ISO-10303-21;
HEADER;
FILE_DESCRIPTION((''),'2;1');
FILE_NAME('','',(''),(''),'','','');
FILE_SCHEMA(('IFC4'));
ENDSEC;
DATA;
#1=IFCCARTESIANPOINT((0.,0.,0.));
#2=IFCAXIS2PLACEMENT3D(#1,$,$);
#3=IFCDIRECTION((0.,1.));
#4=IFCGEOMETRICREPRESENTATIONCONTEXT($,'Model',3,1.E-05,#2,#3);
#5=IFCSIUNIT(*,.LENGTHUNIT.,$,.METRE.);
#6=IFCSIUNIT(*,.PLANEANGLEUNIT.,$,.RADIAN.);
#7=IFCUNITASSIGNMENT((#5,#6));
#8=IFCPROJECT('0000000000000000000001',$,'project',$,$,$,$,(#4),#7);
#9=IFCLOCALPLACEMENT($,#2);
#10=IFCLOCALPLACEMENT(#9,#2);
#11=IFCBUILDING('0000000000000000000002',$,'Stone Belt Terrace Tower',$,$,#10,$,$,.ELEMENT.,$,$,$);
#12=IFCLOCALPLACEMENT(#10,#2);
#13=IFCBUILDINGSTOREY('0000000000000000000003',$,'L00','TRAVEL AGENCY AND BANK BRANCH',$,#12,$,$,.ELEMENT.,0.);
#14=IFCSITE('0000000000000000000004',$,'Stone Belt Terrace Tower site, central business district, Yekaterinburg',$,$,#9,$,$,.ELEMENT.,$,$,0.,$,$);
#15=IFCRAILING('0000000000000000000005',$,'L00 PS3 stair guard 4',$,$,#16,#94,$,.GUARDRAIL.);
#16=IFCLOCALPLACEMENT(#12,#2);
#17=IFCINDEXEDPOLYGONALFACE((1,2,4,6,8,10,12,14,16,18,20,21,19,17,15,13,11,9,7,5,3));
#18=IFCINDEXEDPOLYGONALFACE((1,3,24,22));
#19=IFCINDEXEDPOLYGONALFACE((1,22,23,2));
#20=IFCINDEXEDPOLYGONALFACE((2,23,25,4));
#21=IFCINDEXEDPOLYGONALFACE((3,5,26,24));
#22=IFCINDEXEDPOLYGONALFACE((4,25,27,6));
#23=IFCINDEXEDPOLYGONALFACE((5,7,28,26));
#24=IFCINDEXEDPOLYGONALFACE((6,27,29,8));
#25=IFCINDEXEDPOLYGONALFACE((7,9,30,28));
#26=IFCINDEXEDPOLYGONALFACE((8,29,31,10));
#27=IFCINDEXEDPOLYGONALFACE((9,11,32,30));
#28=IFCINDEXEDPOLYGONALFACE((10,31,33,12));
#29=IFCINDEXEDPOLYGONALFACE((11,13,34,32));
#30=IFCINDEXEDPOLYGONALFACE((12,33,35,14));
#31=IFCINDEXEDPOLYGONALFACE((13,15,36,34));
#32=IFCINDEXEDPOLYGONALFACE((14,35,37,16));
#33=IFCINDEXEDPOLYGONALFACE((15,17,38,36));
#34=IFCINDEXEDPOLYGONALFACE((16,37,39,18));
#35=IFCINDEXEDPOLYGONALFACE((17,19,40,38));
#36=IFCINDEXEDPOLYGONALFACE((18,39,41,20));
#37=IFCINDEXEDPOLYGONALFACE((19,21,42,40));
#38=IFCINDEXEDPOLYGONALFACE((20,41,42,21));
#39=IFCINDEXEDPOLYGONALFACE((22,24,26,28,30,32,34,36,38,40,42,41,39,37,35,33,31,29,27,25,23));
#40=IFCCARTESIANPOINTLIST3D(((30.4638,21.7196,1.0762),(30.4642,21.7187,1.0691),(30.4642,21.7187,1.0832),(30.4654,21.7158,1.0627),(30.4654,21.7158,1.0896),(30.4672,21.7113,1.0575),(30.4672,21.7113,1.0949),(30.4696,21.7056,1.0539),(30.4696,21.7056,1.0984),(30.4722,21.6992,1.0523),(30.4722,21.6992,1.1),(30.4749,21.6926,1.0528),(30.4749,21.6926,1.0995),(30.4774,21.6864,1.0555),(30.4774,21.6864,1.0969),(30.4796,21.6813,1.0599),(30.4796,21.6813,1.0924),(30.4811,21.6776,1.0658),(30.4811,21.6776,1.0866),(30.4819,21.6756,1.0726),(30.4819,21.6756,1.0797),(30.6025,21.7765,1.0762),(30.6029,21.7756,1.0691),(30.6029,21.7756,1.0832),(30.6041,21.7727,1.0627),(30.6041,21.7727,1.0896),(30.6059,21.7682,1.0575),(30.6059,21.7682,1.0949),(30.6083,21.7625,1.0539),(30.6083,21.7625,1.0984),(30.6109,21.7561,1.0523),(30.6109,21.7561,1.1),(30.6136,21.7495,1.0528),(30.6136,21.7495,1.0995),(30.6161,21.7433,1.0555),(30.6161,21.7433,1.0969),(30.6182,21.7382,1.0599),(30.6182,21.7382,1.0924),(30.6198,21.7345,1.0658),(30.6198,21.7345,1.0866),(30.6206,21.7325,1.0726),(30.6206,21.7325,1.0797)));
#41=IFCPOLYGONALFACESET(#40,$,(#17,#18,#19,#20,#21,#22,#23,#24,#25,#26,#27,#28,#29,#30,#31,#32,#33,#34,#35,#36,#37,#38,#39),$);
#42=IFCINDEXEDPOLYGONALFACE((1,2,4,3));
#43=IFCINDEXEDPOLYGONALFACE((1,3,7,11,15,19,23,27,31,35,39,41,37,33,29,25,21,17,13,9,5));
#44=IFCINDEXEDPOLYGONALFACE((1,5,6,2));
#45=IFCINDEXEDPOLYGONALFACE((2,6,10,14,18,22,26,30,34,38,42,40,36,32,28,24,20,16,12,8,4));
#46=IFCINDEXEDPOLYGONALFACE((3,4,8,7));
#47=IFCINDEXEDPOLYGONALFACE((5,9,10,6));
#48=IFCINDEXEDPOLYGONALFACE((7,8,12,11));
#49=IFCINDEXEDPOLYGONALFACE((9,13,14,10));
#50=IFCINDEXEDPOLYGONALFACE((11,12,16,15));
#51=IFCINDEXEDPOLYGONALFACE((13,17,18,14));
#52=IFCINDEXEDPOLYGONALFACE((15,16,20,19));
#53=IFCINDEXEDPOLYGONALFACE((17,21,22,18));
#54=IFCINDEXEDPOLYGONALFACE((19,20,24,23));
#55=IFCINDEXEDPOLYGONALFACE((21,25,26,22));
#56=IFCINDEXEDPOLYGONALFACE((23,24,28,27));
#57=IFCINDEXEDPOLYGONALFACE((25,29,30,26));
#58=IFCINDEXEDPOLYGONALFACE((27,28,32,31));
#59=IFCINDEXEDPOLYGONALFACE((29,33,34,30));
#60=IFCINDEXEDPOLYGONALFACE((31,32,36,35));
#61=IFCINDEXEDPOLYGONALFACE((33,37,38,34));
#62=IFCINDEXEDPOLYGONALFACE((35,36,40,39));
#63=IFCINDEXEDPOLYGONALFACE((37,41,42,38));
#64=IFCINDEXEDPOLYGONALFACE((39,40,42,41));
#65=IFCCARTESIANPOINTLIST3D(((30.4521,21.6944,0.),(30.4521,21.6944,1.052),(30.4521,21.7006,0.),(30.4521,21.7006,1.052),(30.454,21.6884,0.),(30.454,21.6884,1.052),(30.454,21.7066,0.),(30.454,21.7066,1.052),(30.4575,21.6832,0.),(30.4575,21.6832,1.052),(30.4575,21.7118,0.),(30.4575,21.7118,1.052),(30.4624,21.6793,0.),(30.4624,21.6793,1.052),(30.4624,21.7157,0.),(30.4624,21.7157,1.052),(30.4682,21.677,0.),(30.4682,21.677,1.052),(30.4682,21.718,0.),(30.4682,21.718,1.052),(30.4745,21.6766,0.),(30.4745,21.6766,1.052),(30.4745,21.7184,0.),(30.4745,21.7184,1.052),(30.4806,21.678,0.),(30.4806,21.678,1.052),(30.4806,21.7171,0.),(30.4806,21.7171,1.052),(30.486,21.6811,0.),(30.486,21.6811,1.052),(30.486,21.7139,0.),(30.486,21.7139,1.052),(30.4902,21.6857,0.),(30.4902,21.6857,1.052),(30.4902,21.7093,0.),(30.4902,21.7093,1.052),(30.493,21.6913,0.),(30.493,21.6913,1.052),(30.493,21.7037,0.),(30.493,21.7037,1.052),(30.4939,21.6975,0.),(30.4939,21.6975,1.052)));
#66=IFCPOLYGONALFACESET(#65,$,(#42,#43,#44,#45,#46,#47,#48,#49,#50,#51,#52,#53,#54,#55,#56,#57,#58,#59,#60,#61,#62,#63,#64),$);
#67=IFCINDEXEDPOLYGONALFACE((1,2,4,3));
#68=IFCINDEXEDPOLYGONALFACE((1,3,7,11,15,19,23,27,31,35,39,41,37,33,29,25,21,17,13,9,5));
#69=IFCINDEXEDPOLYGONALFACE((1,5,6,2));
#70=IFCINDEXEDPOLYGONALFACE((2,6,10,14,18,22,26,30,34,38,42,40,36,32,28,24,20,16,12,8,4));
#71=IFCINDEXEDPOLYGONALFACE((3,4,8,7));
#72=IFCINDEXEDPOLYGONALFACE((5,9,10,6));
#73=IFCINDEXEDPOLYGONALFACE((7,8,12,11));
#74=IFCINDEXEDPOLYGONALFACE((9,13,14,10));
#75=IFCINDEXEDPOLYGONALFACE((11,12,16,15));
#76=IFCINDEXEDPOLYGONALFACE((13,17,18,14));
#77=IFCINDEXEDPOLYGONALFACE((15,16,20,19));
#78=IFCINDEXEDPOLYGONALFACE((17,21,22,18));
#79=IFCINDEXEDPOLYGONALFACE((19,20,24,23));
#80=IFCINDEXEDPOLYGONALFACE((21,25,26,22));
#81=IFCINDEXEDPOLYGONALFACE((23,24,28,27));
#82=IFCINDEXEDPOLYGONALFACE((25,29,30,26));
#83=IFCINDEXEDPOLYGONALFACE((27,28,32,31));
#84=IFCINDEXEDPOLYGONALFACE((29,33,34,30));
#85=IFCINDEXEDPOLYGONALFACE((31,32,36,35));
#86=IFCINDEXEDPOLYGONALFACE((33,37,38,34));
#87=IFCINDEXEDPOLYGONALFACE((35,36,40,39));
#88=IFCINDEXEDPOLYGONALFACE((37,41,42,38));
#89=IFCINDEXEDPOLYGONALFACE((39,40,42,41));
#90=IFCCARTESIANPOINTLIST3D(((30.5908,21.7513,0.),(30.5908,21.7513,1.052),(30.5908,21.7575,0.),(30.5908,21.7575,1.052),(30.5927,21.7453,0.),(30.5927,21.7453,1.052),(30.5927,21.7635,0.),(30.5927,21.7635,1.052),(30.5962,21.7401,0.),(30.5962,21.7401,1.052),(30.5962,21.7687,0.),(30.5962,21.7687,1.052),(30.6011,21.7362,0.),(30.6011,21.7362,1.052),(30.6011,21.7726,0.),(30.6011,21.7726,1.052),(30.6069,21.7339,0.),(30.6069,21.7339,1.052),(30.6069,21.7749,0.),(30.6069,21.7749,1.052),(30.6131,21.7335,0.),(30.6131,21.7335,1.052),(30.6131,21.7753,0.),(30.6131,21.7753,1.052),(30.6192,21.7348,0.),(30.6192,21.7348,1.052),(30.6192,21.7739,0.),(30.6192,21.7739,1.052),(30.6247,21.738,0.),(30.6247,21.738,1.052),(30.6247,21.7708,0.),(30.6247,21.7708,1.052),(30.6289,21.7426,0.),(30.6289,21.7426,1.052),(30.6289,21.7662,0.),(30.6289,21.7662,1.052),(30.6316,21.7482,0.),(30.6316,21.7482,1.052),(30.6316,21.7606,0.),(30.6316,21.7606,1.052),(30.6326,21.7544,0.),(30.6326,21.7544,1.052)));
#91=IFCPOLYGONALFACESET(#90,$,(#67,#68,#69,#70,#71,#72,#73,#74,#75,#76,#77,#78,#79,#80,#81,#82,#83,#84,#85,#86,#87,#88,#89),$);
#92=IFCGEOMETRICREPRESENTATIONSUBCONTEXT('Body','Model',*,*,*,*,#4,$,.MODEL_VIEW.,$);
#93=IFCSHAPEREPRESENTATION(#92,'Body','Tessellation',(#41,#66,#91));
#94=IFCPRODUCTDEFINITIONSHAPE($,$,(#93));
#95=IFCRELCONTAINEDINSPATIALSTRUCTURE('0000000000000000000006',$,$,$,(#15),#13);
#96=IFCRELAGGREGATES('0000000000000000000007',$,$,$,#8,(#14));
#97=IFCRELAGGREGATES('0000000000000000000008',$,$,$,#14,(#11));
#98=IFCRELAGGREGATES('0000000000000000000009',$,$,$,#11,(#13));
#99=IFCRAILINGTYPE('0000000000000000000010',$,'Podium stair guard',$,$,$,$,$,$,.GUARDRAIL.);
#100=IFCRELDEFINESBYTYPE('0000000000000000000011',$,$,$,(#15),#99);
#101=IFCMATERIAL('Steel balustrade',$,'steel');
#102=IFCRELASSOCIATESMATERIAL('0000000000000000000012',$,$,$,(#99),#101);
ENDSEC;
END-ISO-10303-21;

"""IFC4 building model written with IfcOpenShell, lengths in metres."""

from ifc_helpers import new_model, si_unit, direction, frame, origin, origin_2d, place, context, subcontext, project, spatial, circle, extrude, material, type_object, element, save


model = new_model("IFC4")

# Units and contexts
model_context = context("Model", 3, precision=1e-05, world=origin(), true_north=direction((0.0, 1.0)))
body_context = subcontext(model_context, "Body", "Model", "MODEL_VIEW")
ifc_project = project(units=[si_unit("LENGTHUNIT", "METRE"), si_unit("PLANEANGLEUNIT", "RADIAN")], contexts=[model_context])

# Site, building, storey
site_placement = place(None, origin())
site = spatial("IfcSite", under=ifc_project, at=site_placement, Name="Stone Belt Terrace Tower site, central business district, Yekaterinburg", CompositionType="ELEMENT", RefElevation=0.0)
building_placement = place(site_placement, origin())
building = spatial("IfcBuilding", under=site, at=building_placement, Name="Stone Belt Terrace Tower", CompositionType="ELEMENT")
storey_placement = place(building_placement, origin())
storey = spatial("IfcBuildingStorey", under=building, at=storey_placement, Name="L00", Description="TRAVEL AGENCY AND BANK BRANCH", CompositionType="ELEMENT", Elevation=0.0)

# Railing
ifc_material_1 = material(Name="Steel balustrade", Category="steel")
railing_type_1 = type_object("IfcRailingType", Name="Podium stair guard", PredefinedType="GUARDRAIL", material=ifc_material_1)
railing_1_placement = place(storey_placement, frame((30.4729, 21.6975, 0.0)))
element("IfcRailing", 1, at=railing_1_placement, inside=storey, type_object=railing_type_1, Name="L00 PS3 stair guard 4", PredefinedType="GUARDRAIL", context=body_context, shape_type="SweptSolid", body=[
    extrude(circle(Radius=0.0239, at=origin_2d()), frame((0.0, 0.0, 1.0762), z_axis=(0.925183, 0.379521, 0.0), x_axis=(-0.379521, 0.925183, 0.0)), (0.0, 0.0, 1.0), 0.1499),
    extrude(circle(Radius=0.021, at=origin_2d()), origin(), (0.0, 0.0, 1.0), 1.052),
    extrude(circle(Radius=0.021, at=origin_2d()), frame((0.1387, 0.0569, 0.0)), (0.0, 0.0, 1.0), 1.052),
])

save(model, "model.ifc")
